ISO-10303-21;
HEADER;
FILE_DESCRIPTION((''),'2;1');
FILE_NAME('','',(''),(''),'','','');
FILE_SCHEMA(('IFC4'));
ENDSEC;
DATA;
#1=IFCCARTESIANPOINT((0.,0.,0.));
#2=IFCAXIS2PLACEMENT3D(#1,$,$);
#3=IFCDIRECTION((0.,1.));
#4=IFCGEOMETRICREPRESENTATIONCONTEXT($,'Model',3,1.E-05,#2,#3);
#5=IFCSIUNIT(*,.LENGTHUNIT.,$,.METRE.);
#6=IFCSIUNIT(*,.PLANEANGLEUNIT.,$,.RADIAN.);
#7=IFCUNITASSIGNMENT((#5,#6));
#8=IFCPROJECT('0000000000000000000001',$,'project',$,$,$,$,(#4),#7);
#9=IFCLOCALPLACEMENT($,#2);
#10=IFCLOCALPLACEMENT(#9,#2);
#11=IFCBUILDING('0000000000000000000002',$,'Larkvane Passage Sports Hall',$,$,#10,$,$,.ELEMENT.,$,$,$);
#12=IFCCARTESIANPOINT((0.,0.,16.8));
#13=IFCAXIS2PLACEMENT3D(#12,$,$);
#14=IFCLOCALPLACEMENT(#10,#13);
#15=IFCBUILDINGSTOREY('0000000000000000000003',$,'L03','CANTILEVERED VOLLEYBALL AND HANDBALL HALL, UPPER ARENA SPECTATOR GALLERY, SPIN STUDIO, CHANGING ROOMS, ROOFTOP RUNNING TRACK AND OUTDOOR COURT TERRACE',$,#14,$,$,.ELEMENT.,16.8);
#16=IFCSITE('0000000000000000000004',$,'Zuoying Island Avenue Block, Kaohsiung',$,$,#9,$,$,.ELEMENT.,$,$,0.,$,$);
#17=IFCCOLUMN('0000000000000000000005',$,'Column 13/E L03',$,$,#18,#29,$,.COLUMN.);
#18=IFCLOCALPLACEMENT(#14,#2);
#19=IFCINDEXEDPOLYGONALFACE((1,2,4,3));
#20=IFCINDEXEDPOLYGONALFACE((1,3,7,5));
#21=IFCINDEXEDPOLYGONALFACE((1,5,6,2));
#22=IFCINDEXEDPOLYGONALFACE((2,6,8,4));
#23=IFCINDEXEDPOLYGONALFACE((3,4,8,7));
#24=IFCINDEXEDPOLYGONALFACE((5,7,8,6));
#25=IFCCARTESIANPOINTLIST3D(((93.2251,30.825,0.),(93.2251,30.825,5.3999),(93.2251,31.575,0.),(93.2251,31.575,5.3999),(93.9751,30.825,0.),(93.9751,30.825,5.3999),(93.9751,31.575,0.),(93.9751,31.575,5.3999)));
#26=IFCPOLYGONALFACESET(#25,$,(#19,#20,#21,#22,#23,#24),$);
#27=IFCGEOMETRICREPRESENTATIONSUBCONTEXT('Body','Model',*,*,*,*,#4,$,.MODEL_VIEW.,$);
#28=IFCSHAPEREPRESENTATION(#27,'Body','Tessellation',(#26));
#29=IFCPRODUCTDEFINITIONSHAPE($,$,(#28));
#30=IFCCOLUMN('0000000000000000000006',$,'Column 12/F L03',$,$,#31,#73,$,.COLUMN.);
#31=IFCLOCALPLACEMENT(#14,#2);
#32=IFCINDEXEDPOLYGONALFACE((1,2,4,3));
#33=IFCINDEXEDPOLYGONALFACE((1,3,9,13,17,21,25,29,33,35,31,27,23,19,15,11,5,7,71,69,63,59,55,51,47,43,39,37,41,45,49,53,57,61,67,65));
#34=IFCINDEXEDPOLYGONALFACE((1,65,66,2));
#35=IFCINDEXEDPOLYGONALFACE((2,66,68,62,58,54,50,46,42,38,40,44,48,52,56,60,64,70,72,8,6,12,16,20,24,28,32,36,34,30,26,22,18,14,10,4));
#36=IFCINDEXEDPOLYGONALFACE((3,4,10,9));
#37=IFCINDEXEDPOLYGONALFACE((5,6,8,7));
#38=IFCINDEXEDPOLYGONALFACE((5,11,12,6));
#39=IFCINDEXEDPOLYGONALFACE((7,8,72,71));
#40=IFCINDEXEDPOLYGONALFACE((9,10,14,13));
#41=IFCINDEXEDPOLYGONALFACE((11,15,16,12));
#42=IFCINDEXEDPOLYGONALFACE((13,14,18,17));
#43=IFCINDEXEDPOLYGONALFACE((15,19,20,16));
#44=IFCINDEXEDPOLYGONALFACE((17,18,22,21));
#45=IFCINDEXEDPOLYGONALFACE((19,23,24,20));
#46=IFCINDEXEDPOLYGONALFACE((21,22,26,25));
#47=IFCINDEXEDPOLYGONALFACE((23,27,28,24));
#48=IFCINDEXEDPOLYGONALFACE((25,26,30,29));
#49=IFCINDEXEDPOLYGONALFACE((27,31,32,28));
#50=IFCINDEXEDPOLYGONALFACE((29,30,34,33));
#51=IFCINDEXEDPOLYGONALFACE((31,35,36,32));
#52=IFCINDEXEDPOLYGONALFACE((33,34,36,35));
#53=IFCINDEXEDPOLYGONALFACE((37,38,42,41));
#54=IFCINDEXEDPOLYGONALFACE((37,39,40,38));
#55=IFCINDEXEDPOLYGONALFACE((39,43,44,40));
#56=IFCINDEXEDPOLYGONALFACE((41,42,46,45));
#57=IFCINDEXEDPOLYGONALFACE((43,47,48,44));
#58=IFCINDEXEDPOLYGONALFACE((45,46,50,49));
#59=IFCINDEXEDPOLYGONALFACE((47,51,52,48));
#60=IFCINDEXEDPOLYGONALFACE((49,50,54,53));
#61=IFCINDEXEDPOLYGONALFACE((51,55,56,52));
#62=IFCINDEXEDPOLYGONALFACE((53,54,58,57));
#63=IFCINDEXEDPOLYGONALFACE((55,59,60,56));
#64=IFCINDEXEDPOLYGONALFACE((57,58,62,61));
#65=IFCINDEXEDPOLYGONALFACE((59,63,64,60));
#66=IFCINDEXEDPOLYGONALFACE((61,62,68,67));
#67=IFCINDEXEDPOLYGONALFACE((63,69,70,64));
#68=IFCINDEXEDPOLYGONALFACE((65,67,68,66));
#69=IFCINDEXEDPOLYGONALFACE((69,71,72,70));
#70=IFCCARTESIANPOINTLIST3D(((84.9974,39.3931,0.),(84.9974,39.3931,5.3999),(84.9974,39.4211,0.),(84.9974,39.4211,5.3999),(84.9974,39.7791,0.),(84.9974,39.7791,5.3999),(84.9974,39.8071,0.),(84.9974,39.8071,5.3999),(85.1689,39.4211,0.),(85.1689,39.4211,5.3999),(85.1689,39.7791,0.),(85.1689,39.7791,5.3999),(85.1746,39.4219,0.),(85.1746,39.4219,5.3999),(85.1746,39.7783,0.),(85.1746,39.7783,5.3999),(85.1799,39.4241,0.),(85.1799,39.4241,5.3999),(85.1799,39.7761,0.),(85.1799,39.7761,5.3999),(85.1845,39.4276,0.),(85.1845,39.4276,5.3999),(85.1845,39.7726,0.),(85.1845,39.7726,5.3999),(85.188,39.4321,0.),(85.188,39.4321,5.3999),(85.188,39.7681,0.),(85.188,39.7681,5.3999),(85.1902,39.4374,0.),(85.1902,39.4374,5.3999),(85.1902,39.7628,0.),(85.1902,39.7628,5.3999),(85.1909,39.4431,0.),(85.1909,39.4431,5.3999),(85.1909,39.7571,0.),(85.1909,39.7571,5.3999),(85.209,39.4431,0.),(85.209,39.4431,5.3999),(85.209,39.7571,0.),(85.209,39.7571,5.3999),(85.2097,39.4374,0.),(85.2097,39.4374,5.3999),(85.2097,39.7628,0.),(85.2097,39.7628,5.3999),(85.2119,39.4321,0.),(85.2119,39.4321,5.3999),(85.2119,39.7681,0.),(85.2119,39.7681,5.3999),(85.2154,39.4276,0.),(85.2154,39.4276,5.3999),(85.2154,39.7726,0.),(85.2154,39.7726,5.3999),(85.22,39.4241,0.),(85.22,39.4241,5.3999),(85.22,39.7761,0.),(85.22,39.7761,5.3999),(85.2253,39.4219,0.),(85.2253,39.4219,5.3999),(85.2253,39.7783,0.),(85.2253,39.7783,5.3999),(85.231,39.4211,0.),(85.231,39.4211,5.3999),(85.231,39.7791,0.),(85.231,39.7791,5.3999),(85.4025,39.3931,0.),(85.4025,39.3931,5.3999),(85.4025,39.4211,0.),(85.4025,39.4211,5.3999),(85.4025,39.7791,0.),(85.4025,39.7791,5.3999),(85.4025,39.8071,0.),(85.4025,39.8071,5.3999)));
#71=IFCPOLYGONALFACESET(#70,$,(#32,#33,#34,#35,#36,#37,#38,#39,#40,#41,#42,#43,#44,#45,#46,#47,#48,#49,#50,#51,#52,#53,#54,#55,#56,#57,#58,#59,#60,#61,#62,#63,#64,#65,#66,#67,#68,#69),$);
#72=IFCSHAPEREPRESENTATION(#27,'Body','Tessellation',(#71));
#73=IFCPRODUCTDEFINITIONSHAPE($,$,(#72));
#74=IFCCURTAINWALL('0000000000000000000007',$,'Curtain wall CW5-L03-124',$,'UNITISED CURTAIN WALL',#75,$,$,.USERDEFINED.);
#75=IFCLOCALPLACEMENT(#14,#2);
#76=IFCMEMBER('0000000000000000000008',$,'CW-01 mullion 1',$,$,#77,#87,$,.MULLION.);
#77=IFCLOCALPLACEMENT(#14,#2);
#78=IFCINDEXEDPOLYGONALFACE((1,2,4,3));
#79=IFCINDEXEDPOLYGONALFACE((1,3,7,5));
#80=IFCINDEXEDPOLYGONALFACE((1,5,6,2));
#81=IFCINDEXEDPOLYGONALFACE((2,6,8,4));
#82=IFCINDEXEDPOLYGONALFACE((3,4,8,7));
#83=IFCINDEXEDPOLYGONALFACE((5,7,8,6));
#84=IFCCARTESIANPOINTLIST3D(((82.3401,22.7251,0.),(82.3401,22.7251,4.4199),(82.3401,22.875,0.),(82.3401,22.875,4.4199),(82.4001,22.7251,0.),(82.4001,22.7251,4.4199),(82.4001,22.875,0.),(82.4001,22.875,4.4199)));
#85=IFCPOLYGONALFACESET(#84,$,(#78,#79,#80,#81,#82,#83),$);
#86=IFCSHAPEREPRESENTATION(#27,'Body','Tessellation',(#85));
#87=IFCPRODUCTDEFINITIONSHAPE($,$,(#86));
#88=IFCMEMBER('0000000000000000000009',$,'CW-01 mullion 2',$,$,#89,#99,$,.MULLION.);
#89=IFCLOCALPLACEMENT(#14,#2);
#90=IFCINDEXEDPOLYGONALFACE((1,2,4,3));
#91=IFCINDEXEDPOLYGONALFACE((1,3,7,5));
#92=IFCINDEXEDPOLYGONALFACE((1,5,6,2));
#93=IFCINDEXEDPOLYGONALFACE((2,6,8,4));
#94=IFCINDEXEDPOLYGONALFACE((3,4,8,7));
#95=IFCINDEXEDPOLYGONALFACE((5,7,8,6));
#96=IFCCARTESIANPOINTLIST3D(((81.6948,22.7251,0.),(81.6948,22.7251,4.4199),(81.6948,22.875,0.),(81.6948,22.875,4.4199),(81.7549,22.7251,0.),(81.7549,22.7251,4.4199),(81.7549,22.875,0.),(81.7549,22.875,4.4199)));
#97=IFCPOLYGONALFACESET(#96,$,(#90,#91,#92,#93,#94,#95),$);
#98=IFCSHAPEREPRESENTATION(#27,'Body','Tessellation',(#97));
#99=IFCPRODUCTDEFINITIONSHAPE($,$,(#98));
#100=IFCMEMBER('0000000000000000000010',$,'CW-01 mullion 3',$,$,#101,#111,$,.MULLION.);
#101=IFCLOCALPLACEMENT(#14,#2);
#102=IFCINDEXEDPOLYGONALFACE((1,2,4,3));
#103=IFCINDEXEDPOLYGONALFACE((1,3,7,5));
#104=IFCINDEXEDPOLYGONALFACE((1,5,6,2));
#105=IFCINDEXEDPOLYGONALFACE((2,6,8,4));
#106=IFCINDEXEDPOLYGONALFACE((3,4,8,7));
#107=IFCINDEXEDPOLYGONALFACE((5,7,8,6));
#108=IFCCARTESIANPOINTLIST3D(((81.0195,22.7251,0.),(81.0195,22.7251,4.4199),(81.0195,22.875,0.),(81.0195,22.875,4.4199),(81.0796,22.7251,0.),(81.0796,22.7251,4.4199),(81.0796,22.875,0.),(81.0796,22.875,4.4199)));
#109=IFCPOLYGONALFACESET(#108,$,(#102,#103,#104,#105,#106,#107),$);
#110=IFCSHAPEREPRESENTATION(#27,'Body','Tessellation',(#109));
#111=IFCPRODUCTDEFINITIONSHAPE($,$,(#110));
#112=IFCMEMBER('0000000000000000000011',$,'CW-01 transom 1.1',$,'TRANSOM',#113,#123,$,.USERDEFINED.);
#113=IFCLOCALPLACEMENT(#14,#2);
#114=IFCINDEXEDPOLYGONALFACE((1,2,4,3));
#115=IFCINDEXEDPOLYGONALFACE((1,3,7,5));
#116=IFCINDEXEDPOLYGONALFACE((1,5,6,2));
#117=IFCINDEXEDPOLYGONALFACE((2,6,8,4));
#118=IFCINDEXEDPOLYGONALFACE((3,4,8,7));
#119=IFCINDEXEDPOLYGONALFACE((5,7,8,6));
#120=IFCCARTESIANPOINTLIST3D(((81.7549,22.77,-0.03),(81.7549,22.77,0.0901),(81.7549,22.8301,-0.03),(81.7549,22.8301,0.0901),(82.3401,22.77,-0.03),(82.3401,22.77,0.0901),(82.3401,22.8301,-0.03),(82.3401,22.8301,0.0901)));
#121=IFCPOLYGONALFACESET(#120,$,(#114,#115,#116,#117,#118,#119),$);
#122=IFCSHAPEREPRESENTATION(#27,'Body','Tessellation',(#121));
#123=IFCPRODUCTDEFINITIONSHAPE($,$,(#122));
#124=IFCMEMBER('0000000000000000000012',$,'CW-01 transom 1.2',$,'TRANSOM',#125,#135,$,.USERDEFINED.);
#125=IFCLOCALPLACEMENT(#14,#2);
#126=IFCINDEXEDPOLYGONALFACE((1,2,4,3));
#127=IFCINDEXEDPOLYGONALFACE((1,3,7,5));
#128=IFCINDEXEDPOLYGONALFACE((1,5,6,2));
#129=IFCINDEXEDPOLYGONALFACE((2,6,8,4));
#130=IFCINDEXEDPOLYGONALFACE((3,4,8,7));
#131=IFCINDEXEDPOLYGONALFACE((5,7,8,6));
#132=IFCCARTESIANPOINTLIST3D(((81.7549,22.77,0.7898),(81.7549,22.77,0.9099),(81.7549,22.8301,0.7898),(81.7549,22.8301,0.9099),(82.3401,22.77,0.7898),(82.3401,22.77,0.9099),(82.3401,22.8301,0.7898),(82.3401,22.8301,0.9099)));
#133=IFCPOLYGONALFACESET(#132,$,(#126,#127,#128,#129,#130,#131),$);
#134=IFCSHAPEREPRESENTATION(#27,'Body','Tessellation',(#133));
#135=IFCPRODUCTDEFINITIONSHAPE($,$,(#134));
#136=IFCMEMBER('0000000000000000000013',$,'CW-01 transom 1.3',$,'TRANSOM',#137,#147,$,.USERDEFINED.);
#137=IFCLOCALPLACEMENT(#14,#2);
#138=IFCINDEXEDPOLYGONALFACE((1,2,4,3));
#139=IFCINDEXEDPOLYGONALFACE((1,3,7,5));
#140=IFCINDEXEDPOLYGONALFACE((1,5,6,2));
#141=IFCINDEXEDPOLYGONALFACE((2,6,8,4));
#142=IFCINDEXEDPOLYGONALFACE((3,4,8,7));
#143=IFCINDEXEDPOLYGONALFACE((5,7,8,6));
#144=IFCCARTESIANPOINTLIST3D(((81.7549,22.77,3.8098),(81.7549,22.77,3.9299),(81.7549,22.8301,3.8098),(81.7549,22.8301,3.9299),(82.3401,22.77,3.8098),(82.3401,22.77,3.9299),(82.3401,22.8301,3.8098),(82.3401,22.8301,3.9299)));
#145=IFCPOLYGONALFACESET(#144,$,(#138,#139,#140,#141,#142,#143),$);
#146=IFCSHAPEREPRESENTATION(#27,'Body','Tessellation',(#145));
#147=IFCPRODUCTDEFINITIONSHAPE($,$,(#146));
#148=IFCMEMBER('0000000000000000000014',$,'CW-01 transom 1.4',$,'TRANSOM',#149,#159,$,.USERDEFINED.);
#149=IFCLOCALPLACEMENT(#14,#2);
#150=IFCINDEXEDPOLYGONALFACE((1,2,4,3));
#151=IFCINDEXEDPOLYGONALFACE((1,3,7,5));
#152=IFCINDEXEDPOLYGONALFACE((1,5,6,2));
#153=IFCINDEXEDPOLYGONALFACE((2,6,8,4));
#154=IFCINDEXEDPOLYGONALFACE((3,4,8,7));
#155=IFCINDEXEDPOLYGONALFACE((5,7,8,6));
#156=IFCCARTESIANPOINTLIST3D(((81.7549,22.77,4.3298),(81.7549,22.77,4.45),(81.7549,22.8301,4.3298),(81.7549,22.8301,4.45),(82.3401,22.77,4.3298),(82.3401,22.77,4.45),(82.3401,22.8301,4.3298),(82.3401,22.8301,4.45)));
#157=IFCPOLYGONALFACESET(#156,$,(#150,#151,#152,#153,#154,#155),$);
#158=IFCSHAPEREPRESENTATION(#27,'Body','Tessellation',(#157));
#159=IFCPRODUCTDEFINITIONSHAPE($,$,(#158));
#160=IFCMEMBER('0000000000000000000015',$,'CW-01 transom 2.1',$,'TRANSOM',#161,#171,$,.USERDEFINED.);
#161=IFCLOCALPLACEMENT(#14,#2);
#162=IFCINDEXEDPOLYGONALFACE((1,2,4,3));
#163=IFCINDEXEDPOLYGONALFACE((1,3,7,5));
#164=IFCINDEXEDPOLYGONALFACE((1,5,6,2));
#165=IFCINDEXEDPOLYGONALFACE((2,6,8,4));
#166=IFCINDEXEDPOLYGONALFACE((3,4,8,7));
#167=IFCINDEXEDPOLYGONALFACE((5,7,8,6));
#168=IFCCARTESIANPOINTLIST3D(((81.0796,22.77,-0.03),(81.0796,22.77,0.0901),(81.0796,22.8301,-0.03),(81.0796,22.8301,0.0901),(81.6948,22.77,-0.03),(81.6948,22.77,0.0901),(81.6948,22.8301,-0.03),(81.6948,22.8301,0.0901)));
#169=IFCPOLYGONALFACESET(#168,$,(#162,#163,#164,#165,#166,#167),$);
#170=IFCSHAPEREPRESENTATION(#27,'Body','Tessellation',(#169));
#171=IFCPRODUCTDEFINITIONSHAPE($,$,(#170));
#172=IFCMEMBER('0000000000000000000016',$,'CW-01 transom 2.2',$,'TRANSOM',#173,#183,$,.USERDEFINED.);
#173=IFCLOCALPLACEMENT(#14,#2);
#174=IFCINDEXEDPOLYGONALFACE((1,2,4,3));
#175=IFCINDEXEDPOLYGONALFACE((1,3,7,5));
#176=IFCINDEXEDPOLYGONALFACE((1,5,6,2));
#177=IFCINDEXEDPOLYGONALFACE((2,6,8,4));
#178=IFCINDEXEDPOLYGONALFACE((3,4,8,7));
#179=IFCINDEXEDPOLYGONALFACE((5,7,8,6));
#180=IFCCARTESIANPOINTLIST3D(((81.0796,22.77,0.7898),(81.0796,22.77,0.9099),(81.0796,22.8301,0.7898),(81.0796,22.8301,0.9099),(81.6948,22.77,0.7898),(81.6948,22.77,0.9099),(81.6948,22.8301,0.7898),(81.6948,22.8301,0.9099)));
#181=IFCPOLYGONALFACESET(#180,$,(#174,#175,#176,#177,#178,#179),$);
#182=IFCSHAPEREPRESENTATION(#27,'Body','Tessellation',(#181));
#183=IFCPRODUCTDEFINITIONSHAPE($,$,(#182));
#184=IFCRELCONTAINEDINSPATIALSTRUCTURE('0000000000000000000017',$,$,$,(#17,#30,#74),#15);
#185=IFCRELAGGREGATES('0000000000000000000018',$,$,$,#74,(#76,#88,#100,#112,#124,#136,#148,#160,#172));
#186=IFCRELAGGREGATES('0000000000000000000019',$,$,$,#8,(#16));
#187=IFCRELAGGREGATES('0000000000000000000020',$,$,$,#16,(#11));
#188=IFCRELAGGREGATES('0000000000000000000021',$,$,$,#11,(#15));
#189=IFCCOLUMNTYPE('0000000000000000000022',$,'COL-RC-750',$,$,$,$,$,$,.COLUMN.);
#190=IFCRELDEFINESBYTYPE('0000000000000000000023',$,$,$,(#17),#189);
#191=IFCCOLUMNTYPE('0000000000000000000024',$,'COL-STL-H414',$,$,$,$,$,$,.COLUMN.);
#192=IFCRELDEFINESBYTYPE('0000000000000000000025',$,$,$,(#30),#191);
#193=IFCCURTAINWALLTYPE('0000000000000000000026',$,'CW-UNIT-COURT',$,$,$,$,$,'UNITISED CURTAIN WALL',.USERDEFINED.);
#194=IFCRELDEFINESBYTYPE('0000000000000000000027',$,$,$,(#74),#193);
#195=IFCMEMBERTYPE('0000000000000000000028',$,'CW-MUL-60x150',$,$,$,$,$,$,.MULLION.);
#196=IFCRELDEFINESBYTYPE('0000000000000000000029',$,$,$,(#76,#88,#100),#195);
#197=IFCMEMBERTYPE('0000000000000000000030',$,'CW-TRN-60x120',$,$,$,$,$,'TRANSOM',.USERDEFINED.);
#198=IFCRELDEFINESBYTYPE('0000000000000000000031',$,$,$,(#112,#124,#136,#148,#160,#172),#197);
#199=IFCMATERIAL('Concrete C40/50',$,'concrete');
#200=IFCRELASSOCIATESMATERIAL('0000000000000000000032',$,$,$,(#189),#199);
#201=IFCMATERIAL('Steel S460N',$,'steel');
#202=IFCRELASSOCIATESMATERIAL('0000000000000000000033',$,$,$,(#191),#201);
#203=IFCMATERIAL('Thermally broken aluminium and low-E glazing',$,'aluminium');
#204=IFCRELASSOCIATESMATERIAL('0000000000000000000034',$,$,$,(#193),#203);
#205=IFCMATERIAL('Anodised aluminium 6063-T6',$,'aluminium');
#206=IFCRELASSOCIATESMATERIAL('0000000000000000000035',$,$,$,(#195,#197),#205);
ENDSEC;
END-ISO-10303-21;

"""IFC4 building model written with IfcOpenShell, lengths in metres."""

from ifc_helpers import new_model, si_unit, direction, frame, origin, origin_2d, place, context, subcontext, project, spatial, rectangle, i_section, extrude, material, material_profile, profile_set, type_object, element, aggregate, save


model = new_model("IFC4")

# Units and contexts
model_context = context("Model", 3, precision=1e-05, world=origin(), true_north=direction((0.0, 1.0)))
body_context = subcontext(model_context, "Body", "Model", "MODEL_VIEW")
ifc_project = project(units=[si_unit("LENGTHUNIT", "METRE"), si_unit("PLANEANGLEUNIT", "RADIAN")], contexts=[model_context])

# Site, building, storey
site_placement = place(None, origin())
site = spatial("IfcSite", under=ifc_project, at=site_placement, Name="Zuoying Island Avenue Block, Kaohsiung", CompositionType="ELEMENT", RefElevation=0.0)
building_placement = place(site_placement, origin())
building = spatial("IfcBuilding", under=site, at=building_placement, Name="Larkvane Passage Sports Hall", CompositionType="ELEMENT")
storey_placement = place(building_placement, frame((0.0, 0.0, 16.8)))
storey = spatial("IfcBuildingStorey", under=building, at=storey_placement, Name="L03", Description="CANTILEVERED VOLLEYBALL AND HANDBALL HALL, UPPER ARENA SPECTATOR GALLERY, SPIN STUDIO, CHANGING ROOMS, ROOFTOP RUNNING TRACK AND OUTDOOR COURT TERRACE", CompositionType="ELEMENT", Elevation=16.8)

# Columns
ifc_material_1 = material(Name="Concrete C40/50", Category="concrete")
ifc_material_profile_1 = material_profile(ifc_material_1, rectangle(XDim=0.75, YDim=0.75, at=origin_2d()), Name="RC-COL-750x750")
ifc_profile_set_1 = profile_set([ifc_material_profile_1], Name="Concrete C40/50")
column_type_1 = type_object("IfcColumnType", Name="COL-RC-750", PredefinedType="COLUMN", material=ifc_profile_set_1)
column_1_placement = place(storey_placement, frame((93.6001, 31.2, 0.0), z_axis=(0.0, 0.0, 1.0), x_axis=(1.0, 0.0, 0.0)))
element("IfcColumn", 1, at=column_1_placement, inside=storey, type_object=column_type_1, Name="Column 13/E L03", PredefinedType="COLUMN", context=body_context, shape_type="SweptSolid", body=[
    extrude(rectangle(XDim=0.75, YDim=0.75, at=origin_2d()), origin(), (0.0, 0.0, 1.0), 5.3999),
])
ifc_material_2 = material(Name="Steel S460N", Category="steel")
ifc_material_profile_2 = material_profile(ifc_material_2, i_section(OverallWidth=0.405, OverallDepth=0.4141, WebThickness=0.0181, FlangeThickness=0.0281, FilletRadius=0.022, at=origin_2d()), Name="H-414x405x18x28")
ifc_profile_set_2 = profile_set([ifc_material_profile_2], Name="Steel S460N")
column_type_2 = type_object("IfcColumnType", Name="COL-STL-H414", PredefinedType="COLUMN", material=ifc_profile_set_2)
column_2_placement = place(storey_placement, frame((85.2, 39.6001, 0.0), z_axis=(0.0, 0.0, 1.0), x_axis=(1.0, 0.0, 0.0)))
element("IfcColumn", 2, at=column_2_placement, inside=storey, type_object=column_type_2, Name="Column 12/F L03", PredefinedType="COLUMN", context=body_context, shape_type="SweptSolid", body=[
    extrude(i_section(OverallWidth=0.405, OverallDepth=0.4141, WebThickness=0.0181, FlangeThickness=0.0281, FilletRadius=0.022, at=origin_2d()), origin(), (0.0, 0.0, 1.0), 5.3999),
])

# Curtain wall, members
ifc_material_3 = material(Name="Thermally broken aluminium and low-E glazing", Category="aluminium")
curtain_wall_type = type_object("IfcCurtainWallType", Name="CW-UNIT-COURT", ElementType="UNITISED CURTAIN WALL", PredefinedType="USERDEFINED", material=ifc_material_3)
curtain_wall_placement = place(storey_placement, origin())
curtain_wall = element("IfcCurtainWall", 3, at=curtain_wall_placement, inside=storey, type_object=curtain_wall_type, Name="Curtain wall CW5-L03-124", ObjectType="UNITISED CURTAIN WALL", PredefinedType="USERDEFINED")
ifc_material_4 = material(Name="Anodised aluminium 6063-T6", Category="aluminium")
ifc_material_profile_3 = material_profile(ifc_material_4, rectangle(XDim=0.0601, YDim=0.1499, at=origin_2d()), Name="ALU-MUL-60x150")
ifc_profile_set_3 = profile_set([ifc_material_profile_3], Name="Anodised aluminium 6063-T6")
member_type_1 = type_object("IfcMemberType", Name="CW-MUL-60x150", PredefinedType="MULLION", material=ifc_profile_set_3)
member_1_placement = place(storey_placement, frame((82.3701, 22.8, 0.0), z_axis=(0.0, 0.0, 1.0), x_axis=(-1.0, 0.0, 0.0)))
member_1 = element("IfcMember", 4, at=member_1_placement, type_object=member_type_1, Name="CW-01 mullion 1", PredefinedType="MULLION", context=body_context, shape_type="SweptSolid", body=[
    extrude(rectangle(XDim=0.0601, YDim=0.1499, at=origin_2d()), origin(), (0.0, 0.0, 1.0), 4.4199),
])
member_2_placement = place(storey_placement, frame((81.7249, 22.8, 0.0), z_axis=(0.0, 0.0, 1.0), x_axis=(-1.0, 0.0, 0.0)))
member_2 = element("IfcMember", 5, at=member_2_placement, type_object=member_type_1, Name="CW-01 mullion 2", PredefinedType="MULLION", context=body_context, shape_type="SweptSolid", body=[
    extrude(rectangle(XDim=0.0601, YDim=0.1499, at=origin_2d()), origin(), (0.0, 0.0, 1.0), 4.4199),
])
member_3_placement = place(storey_placement, frame((81.0496, 22.8, 0.0), z_axis=(0.0, 0.0, 1.0), x_axis=(-1.0, 0.0, 0.0)))
member_3 = element("IfcMember", 6, at=member_3_placement, type_object=member_type_1, Name="CW-01 mullion 3", PredefinedType="MULLION", context=body_context, shape_type="SweptSolid", body=[
    extrude(rectangle(XDim=0.0601, YDim=0.1499, at=origin_2d()), origin(), (0.0, 0.0, 1.0), 4.4199),
])
ifc_material_profile_4 = material_profile(ifc_material_4, rectangle(XDim=0.0601, YDim=0.1201, at=origin_2d()), Name="ALU-TRN-60x120")
ifc_profile_set_4 = profile_set([ifc_material_profile_4], Name="Anodised aluminium 6063-T6")
member_type_2 = type_object("IfcMemberType", Name="CW-TRN-60x120", ElementType="TRANSOM", PredefinedType="USERDEFINED", material=ifc_profile_set_4)
member_4_placement = place(storey_placement, frame((82.3401, 22.8, 0.03), z_axis=(-1.0, 0.0, 0.0), x_axis=(0.0, -1.0, 0.0)))
member_4 = element("IfcMember", 7, at=member_4_placement, type_object=member_type_2, Name="CW-01 transom 1.1", ObjectType="TRANSOM", PredefinedType="USERDEFINED", context=body_context, shape_type="SweptSolid", body=[
    extrude(rectangle(XDim=0.0601, YDim=0.1201, at=origin_2d()), origin(), (0.0, 0.0, 1.0), 0.5852),
])
member_5_placement = place(storey_placement, frame((82.3401, 22.8, 0.8499), z_axis=(-1.0, 0.0, 0.0), x_axis=(0.0, -1.0, 0.0)))
member_5 = element("IfcMember", 8, at=member_5_placement, type_object=member_type_2, Name="CW-01 transom 1.2", ObjectType="TRANSOM", PredefinedType="USERDEFINED", context=body_context, shape_type="SweptSolid", body=[
    extrude(rectangle(XDim=0.0601, YDim=0.1201, at=origin_2d()), origin(), (0.0, 0.0, 1.0), 0.5852),
])
member_6_placement = place(storey_placement, frame((82.3401, 22.8, 3.8699), z_axis=(-1.0, 0.0, 0.0), x_axis=(0.0, -1.0, 0.0)))
member_6 = element("IfcMember", 9, at=member_6_placement, type_object=member_type_2, Name="CW-01 transom 1.3", ObjectType="TRANSOM", PredefinedType="USERDEFINED", context=body_context, shape_type="SweptSolid", body=[
    extrude(rectangle(XDim=0.0601, YDim=0.1201, at=origin_2d()), origin(), (0.0, 0.0, 1.0), 0.5852),
])
member_7_placement = place(storey_placement, frame((82.3401, 22.8, 4.3899), z_axis=(-1.0, 0.0, 0.0), x_axis=(0.0, -1.0, 0.0)))
member_7 = element("IfcMember", 10, at=member_7_placement, type_object=member_type_2, Name="CW-01 transom 1.4", ObjectType="TRANSOM", PredefinedType="USERDEFINED", context=body_context, shape_type="SweptSolid", body=[
    extrude(rectangle(XDim=0.0601, YDim=0.1201, at=origin_2d()), origin(), (0.0, 0.0, 1.0), 0.5852),
])
member_8_placement = place(storey_placement, frame((81.6948, 22.8, 0.03), z_axis=(-1.0, 0.0, 0.0), x_axis=(0.0, -1.0, 0.0)))
member_8 = element("IfcMember", 11, at=member_8_placement, type_object=member_type_2, Name="CW-01 transom 2.1", ObjectType="TRANSOM", PredefinedType="USERDEFINED", context=body_context, shape_type="SweptSolid", body=[
    extrude(rectangle(XDim=0.0601, YDim=0.1201, at=origin_2d()), origin(), (0.0, 0.0, 1.0), 0.6152),
])
member_9_placement = place(storey_placement, frame((81.6948, 22.8, 0.8499), z_axis=(-1.0, 0.0, 0.0), x_axis=(0.0, -1.0, 0.0)))
member_9 = element("IfcMember", 12, at=member_9_placement, type_object=member_type_2, Name="CW-01 transom 2.2", ObjectType="TRANSOM", PredefinedType="USERDEFINED", context=body_context, shape_type="SweptSolid", body=[
    extrude(rectangle(XDim=0.0601, YDim=0.1201, at=origin_2d()), origin(), (0.0, 0.0, 1.0), 0.6152),
])

aggregate(curtain_wall, [member_1, member_2, member_3, member_4, member_5, member_6, member_7, member_8, member_9])

save(model, "model.ifc")
